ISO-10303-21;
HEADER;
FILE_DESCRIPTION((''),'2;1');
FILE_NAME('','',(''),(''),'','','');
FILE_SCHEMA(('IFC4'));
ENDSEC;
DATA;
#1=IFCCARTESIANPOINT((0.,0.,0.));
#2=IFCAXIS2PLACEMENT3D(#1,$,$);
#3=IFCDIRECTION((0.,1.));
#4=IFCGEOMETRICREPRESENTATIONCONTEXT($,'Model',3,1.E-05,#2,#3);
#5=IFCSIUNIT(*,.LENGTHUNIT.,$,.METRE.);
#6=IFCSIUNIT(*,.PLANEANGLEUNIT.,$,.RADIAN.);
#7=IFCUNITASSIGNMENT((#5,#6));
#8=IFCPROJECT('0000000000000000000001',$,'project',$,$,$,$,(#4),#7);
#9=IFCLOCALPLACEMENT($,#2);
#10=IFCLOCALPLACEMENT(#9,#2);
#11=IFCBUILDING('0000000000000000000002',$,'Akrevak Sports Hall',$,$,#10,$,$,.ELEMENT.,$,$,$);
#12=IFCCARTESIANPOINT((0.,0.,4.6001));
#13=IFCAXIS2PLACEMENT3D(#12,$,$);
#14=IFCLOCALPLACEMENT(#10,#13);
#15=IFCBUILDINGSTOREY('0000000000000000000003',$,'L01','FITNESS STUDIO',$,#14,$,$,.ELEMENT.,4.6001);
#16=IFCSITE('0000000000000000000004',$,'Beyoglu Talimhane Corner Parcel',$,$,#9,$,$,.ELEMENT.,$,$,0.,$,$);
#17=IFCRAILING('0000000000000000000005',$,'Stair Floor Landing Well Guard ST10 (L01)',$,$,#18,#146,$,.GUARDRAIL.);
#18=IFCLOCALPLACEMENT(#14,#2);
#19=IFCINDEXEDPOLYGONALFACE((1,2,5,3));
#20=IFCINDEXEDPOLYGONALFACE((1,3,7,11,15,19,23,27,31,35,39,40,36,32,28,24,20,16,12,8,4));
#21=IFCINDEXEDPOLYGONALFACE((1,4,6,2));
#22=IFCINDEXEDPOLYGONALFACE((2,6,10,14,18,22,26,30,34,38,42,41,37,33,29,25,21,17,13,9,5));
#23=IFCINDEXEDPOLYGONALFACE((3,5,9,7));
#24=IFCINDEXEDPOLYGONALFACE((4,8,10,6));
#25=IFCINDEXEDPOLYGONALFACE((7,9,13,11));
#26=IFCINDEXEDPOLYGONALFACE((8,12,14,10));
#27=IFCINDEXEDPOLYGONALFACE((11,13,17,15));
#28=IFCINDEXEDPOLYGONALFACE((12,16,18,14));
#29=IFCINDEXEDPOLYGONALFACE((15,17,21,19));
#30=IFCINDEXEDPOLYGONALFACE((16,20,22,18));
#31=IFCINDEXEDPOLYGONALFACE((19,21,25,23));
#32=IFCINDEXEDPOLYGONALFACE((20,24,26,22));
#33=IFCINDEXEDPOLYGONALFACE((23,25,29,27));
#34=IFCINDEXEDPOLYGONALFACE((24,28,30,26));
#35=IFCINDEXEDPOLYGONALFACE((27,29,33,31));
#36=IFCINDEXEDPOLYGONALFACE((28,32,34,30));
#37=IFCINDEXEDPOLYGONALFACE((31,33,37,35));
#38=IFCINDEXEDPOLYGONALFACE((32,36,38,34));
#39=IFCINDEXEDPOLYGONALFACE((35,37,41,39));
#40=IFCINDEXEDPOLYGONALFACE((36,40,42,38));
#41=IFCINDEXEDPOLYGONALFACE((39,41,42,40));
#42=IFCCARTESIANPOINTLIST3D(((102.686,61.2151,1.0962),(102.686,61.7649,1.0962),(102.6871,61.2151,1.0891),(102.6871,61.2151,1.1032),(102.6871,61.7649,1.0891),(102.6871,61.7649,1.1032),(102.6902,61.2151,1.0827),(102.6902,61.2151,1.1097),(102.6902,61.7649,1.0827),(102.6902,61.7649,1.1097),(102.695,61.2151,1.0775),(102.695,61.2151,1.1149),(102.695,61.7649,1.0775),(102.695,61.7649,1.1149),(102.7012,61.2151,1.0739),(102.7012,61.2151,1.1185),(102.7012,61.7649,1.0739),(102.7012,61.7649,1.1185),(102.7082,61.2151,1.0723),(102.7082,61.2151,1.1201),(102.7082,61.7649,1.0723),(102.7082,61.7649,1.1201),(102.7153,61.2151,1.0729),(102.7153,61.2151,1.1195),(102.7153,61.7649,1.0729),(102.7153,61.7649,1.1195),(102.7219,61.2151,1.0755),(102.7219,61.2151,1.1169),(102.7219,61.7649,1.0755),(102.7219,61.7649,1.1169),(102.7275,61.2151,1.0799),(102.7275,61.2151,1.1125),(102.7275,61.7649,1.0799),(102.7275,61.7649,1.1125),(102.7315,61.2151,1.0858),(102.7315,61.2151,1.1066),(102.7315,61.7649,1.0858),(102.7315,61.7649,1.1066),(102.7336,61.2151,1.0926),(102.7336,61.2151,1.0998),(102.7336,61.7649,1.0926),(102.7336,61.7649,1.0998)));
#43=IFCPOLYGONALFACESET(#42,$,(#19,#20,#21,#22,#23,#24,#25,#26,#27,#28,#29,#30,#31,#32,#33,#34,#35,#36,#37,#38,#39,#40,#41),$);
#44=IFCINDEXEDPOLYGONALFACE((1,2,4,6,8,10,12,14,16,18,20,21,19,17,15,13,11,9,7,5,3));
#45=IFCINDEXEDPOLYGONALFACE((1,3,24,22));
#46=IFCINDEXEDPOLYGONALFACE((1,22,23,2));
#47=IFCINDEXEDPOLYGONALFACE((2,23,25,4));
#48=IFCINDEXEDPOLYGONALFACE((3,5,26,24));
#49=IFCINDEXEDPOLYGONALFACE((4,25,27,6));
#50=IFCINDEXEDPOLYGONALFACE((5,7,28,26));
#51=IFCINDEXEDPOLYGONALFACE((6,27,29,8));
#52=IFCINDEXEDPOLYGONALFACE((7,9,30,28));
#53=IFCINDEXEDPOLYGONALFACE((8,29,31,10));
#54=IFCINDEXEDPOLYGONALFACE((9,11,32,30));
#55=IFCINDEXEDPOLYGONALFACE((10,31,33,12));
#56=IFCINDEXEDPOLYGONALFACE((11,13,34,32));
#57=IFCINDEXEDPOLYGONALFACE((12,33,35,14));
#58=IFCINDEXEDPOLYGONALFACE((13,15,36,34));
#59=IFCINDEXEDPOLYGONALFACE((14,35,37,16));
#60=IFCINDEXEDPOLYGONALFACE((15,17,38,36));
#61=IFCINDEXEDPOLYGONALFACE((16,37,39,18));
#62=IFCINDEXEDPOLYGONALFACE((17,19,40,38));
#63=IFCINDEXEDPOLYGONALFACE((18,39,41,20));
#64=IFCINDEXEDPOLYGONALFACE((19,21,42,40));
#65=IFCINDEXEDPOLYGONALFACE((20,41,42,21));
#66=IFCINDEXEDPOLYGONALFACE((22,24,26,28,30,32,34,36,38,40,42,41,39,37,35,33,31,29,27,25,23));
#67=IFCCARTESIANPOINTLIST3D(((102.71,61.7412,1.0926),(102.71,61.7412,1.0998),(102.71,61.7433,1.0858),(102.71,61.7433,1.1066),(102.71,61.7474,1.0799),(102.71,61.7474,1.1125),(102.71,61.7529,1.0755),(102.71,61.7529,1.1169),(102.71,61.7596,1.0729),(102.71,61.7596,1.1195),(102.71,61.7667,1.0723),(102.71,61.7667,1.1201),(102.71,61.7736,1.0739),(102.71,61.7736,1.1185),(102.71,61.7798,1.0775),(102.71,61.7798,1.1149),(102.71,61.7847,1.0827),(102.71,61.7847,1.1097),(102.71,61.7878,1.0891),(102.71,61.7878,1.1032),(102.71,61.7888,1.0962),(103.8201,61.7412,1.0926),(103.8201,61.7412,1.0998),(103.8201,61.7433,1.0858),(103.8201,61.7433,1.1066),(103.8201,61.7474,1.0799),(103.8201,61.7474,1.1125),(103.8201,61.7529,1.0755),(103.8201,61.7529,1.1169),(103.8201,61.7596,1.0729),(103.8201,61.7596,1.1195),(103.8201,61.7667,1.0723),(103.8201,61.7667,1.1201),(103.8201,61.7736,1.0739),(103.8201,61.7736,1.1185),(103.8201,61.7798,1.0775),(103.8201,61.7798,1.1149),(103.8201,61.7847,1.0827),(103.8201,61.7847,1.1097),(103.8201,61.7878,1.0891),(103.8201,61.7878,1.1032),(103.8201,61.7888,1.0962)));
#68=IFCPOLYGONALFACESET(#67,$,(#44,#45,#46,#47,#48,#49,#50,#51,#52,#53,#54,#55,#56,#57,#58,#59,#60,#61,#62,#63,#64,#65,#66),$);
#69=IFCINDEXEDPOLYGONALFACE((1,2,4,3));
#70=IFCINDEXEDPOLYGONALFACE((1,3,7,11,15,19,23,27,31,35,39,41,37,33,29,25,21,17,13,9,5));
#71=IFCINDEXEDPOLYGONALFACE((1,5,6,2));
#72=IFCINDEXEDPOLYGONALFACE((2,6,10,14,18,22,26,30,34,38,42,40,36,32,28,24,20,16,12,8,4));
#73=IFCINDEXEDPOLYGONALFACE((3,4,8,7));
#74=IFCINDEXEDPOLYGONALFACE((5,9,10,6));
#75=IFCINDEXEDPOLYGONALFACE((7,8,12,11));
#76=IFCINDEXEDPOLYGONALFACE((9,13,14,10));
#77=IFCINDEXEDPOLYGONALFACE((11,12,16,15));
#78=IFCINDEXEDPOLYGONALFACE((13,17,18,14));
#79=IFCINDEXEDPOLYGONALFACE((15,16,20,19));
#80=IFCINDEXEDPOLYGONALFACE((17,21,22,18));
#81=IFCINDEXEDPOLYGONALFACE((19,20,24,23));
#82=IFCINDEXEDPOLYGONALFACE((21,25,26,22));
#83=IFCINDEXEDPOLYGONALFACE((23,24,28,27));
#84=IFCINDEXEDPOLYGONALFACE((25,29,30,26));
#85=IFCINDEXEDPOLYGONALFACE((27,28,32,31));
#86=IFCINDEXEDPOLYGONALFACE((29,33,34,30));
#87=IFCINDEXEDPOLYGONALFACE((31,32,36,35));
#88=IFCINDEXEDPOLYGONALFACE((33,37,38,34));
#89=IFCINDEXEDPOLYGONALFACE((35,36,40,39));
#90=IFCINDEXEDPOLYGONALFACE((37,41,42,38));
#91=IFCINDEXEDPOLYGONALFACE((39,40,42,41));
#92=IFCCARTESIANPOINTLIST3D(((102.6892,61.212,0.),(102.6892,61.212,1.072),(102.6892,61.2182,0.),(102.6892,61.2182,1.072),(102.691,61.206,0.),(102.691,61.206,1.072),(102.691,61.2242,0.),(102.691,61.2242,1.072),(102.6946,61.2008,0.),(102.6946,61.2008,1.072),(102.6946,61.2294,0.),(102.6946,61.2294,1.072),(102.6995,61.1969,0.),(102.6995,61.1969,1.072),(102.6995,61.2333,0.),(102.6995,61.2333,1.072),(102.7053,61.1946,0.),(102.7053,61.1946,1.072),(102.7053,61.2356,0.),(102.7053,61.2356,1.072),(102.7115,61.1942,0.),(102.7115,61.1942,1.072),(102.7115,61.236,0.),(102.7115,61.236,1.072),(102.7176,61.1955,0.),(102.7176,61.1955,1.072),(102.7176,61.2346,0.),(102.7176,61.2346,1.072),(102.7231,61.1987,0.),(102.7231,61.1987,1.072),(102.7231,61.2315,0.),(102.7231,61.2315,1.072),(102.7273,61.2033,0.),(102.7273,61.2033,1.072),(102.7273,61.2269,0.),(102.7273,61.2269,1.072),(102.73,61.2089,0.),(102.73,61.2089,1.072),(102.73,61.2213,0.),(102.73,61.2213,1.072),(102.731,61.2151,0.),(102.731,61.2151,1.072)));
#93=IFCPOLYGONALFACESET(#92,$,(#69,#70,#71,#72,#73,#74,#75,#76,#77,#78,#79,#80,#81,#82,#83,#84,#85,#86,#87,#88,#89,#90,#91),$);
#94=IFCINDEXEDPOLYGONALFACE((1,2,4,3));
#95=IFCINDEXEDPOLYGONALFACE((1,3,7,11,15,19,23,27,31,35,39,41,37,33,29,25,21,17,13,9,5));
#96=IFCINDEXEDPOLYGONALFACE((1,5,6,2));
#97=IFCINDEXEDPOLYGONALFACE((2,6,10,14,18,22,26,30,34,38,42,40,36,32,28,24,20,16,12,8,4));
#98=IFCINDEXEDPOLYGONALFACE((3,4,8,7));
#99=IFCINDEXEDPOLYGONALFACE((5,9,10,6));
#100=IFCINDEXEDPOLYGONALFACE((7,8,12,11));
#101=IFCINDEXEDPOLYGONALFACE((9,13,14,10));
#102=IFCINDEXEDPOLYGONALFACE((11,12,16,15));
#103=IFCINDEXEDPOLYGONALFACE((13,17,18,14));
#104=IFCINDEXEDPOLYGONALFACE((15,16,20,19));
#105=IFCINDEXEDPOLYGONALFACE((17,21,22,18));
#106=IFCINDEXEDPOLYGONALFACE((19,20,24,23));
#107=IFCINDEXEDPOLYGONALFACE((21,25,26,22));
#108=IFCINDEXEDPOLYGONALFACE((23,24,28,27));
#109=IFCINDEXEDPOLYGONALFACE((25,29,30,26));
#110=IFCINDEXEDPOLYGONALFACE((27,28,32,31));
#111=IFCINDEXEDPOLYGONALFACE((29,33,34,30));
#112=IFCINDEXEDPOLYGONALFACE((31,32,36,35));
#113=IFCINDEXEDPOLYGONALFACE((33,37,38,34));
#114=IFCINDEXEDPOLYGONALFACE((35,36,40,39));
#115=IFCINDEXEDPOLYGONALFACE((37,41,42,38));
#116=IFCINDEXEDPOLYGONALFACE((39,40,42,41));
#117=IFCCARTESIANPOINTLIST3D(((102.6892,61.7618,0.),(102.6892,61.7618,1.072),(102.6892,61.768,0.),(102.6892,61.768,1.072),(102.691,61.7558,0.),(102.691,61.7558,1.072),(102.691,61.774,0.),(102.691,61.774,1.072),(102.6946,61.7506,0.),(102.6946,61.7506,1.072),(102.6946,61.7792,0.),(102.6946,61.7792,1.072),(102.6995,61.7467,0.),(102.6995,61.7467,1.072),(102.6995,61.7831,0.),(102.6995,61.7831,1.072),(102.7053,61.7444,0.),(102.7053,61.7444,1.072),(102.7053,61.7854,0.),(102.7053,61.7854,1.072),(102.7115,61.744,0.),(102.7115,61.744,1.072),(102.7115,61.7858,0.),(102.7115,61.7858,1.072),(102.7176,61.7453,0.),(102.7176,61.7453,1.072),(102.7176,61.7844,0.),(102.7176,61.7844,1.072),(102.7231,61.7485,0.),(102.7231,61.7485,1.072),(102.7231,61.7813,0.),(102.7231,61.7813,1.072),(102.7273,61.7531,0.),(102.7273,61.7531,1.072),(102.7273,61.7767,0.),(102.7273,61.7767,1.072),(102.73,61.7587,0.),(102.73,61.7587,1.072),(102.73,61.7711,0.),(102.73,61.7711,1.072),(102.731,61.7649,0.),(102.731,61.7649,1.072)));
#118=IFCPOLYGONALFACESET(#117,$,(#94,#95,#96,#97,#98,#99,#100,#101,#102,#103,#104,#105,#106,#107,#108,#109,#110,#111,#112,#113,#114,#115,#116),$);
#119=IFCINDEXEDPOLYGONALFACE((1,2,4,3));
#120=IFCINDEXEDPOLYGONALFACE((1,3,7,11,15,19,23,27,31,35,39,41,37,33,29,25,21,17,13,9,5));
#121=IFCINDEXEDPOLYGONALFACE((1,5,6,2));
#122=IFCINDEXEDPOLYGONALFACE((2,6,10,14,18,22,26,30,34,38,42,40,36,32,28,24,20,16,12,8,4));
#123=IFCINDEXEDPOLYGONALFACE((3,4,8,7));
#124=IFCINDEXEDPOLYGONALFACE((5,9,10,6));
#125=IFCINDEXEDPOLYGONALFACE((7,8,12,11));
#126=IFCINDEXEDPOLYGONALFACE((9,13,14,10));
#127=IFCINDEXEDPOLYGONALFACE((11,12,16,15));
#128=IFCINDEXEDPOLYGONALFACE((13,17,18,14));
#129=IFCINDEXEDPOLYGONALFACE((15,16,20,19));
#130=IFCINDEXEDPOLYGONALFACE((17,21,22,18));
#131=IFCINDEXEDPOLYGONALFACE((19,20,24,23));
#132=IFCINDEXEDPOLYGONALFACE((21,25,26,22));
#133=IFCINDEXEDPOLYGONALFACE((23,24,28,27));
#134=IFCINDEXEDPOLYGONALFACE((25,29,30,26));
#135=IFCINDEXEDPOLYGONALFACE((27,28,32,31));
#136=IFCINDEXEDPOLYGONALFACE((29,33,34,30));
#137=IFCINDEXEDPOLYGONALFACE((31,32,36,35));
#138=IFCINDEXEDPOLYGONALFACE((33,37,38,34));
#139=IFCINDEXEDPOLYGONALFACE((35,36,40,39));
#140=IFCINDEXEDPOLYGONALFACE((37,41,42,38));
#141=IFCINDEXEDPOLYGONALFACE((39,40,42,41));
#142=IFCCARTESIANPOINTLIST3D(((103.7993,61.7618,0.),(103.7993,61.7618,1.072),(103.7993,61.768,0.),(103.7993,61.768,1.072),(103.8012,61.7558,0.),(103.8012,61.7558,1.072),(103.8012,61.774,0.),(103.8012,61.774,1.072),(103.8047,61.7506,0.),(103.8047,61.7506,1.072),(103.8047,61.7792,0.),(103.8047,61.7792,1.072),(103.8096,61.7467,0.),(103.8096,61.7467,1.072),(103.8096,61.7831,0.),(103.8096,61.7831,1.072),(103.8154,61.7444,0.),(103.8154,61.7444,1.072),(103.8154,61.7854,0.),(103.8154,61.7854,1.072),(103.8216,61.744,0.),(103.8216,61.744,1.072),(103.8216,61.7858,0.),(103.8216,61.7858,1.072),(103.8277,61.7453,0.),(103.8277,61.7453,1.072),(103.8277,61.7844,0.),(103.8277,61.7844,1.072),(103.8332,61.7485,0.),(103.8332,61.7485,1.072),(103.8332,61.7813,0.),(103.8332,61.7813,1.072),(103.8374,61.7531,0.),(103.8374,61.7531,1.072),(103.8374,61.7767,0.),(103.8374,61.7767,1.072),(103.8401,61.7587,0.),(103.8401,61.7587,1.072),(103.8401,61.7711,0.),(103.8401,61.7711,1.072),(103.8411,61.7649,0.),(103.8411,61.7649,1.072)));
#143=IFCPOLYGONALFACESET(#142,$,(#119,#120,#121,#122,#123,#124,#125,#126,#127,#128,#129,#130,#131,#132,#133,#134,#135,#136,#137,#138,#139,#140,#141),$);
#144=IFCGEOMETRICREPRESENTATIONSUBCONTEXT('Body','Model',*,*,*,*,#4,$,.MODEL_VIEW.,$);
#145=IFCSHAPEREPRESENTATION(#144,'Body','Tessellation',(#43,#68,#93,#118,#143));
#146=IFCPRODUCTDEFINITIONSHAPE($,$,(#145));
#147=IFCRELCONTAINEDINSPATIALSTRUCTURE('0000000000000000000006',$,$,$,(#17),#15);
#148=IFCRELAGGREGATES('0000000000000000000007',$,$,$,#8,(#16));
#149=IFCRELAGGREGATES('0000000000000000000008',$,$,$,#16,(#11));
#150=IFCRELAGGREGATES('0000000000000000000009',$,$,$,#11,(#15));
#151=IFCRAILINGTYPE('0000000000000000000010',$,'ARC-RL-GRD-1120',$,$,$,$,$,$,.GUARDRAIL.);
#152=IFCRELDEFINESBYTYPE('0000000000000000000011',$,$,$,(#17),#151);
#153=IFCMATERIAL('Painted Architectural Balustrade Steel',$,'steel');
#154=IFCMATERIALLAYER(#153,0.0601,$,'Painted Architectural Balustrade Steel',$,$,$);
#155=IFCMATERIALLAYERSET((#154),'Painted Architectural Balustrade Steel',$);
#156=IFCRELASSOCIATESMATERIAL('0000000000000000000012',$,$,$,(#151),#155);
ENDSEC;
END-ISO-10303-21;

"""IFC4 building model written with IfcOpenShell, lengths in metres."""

from ifc_helpers import new_model, si_unit, direction, frame, origin, origin_2d, place, context, subcontext, project, spatial, circle, extrude, material, layer, layer_set, type_object, element, save


model = new_model("IFC4")

# Units and contexts
model_context = context("Model", 3, precision=1e-05, world=origin(), true_north=direction((0.0, 1.0)))
body_context = subcontext(model_context, "Body", "Model", "MODEL_VIEW")
ifc_project = project(units=[si_unit("LENGTHUNIT", "METRE"), si_unit("PLANEANGLEUNIT", "RADIAN")], contexts=[model_context])

# Site, building, storey
site_placement = place(None, origin())
site = spatial("IfcSite", under=ifc_project, at=site_placement, Name="Beyoglu Talimhane Corner Parcel", CompositionType="ELEMENT", RefElevation=0.0)
building_placement = place(site_placement, origin())
building = spatial("IfcBuilding", under=site, at=building_placement, Name="Akrevak Sports Hall", CompositionType="ELEMENT")
storey_placement = place(building_placement, frame((0.0, 0.0, 4.6001)))
storey = spatial("IfcBuildingStorey", under=building, at=storey_placement, Name="L01", Description="FITNESS STUDIO", CompositionType="ELEMENT", Elevation=4.6001)

# Railing
ifc_material_1 = material(Name="Painted Architectural Balustrade Steel", Category="steel")
ifc_layer_1 = layer(ifc_material_1, 0.0601, Name="Painted Architectural Balustrade Steel")
ifc_layer_set_1 = layer_set([ifc_layer_1], Name="Painted Architectural Balustrade Steel")
railing_type_1 = type_object("IfcRailingType", Name="ARC-RL-GRD-1120", PredefinedType="GUARDRAIL", material=ifc_layer_set_1)
railing_1_placement = place(storey_placement, frame((102.71, 61.2151, 0.0)))
element("IfcRailing", 1, at=railing_1_placement, inside=storey, type_object=railing_type_1, Name="Stair Floor Landing Well Guard ST10 (L01)", PredefinedType="GUARDRAIL", context=body_context, shape_type="SweptSolid", body=[
    extrude(circle(Radius=0.0239, at=origin_2d()), frame((0.0, 0.0, 1.0962), z_axis=(0.0, 1.0, 0.0), x_axis=(-1.0, 0.0, 0.0)), (0.0, 0.0, 1.0), 0.5498),
    extrude(circle(Radius=0.0239, at=origin_2d()), frame((0.0, 0.5498, 1.0962), z_axis=(1.0, 0.0, 0.0), x_axis=(0.0, 1.0, 0.0)), (0.0, 0.0, 1.0), 1.1101),
    extrude(circle(Radius=0.021, at=origin_2d()), origin(), (0.0, 0.0, 1.0), 1.072),
    extrude(circle(Radius=0.021, at=origin_2d()), frame((0.0, 0.5498, 0.0)), (0.0, 0.0, 1.0), 1.072),
    extrude(circle(Radius=0.021, at=origin_2d()), frame((1.1101, 0.5498, 0.0)), (0.0, 0.0, 1.0), 1.072),
])

save(model, "model.ifc")
